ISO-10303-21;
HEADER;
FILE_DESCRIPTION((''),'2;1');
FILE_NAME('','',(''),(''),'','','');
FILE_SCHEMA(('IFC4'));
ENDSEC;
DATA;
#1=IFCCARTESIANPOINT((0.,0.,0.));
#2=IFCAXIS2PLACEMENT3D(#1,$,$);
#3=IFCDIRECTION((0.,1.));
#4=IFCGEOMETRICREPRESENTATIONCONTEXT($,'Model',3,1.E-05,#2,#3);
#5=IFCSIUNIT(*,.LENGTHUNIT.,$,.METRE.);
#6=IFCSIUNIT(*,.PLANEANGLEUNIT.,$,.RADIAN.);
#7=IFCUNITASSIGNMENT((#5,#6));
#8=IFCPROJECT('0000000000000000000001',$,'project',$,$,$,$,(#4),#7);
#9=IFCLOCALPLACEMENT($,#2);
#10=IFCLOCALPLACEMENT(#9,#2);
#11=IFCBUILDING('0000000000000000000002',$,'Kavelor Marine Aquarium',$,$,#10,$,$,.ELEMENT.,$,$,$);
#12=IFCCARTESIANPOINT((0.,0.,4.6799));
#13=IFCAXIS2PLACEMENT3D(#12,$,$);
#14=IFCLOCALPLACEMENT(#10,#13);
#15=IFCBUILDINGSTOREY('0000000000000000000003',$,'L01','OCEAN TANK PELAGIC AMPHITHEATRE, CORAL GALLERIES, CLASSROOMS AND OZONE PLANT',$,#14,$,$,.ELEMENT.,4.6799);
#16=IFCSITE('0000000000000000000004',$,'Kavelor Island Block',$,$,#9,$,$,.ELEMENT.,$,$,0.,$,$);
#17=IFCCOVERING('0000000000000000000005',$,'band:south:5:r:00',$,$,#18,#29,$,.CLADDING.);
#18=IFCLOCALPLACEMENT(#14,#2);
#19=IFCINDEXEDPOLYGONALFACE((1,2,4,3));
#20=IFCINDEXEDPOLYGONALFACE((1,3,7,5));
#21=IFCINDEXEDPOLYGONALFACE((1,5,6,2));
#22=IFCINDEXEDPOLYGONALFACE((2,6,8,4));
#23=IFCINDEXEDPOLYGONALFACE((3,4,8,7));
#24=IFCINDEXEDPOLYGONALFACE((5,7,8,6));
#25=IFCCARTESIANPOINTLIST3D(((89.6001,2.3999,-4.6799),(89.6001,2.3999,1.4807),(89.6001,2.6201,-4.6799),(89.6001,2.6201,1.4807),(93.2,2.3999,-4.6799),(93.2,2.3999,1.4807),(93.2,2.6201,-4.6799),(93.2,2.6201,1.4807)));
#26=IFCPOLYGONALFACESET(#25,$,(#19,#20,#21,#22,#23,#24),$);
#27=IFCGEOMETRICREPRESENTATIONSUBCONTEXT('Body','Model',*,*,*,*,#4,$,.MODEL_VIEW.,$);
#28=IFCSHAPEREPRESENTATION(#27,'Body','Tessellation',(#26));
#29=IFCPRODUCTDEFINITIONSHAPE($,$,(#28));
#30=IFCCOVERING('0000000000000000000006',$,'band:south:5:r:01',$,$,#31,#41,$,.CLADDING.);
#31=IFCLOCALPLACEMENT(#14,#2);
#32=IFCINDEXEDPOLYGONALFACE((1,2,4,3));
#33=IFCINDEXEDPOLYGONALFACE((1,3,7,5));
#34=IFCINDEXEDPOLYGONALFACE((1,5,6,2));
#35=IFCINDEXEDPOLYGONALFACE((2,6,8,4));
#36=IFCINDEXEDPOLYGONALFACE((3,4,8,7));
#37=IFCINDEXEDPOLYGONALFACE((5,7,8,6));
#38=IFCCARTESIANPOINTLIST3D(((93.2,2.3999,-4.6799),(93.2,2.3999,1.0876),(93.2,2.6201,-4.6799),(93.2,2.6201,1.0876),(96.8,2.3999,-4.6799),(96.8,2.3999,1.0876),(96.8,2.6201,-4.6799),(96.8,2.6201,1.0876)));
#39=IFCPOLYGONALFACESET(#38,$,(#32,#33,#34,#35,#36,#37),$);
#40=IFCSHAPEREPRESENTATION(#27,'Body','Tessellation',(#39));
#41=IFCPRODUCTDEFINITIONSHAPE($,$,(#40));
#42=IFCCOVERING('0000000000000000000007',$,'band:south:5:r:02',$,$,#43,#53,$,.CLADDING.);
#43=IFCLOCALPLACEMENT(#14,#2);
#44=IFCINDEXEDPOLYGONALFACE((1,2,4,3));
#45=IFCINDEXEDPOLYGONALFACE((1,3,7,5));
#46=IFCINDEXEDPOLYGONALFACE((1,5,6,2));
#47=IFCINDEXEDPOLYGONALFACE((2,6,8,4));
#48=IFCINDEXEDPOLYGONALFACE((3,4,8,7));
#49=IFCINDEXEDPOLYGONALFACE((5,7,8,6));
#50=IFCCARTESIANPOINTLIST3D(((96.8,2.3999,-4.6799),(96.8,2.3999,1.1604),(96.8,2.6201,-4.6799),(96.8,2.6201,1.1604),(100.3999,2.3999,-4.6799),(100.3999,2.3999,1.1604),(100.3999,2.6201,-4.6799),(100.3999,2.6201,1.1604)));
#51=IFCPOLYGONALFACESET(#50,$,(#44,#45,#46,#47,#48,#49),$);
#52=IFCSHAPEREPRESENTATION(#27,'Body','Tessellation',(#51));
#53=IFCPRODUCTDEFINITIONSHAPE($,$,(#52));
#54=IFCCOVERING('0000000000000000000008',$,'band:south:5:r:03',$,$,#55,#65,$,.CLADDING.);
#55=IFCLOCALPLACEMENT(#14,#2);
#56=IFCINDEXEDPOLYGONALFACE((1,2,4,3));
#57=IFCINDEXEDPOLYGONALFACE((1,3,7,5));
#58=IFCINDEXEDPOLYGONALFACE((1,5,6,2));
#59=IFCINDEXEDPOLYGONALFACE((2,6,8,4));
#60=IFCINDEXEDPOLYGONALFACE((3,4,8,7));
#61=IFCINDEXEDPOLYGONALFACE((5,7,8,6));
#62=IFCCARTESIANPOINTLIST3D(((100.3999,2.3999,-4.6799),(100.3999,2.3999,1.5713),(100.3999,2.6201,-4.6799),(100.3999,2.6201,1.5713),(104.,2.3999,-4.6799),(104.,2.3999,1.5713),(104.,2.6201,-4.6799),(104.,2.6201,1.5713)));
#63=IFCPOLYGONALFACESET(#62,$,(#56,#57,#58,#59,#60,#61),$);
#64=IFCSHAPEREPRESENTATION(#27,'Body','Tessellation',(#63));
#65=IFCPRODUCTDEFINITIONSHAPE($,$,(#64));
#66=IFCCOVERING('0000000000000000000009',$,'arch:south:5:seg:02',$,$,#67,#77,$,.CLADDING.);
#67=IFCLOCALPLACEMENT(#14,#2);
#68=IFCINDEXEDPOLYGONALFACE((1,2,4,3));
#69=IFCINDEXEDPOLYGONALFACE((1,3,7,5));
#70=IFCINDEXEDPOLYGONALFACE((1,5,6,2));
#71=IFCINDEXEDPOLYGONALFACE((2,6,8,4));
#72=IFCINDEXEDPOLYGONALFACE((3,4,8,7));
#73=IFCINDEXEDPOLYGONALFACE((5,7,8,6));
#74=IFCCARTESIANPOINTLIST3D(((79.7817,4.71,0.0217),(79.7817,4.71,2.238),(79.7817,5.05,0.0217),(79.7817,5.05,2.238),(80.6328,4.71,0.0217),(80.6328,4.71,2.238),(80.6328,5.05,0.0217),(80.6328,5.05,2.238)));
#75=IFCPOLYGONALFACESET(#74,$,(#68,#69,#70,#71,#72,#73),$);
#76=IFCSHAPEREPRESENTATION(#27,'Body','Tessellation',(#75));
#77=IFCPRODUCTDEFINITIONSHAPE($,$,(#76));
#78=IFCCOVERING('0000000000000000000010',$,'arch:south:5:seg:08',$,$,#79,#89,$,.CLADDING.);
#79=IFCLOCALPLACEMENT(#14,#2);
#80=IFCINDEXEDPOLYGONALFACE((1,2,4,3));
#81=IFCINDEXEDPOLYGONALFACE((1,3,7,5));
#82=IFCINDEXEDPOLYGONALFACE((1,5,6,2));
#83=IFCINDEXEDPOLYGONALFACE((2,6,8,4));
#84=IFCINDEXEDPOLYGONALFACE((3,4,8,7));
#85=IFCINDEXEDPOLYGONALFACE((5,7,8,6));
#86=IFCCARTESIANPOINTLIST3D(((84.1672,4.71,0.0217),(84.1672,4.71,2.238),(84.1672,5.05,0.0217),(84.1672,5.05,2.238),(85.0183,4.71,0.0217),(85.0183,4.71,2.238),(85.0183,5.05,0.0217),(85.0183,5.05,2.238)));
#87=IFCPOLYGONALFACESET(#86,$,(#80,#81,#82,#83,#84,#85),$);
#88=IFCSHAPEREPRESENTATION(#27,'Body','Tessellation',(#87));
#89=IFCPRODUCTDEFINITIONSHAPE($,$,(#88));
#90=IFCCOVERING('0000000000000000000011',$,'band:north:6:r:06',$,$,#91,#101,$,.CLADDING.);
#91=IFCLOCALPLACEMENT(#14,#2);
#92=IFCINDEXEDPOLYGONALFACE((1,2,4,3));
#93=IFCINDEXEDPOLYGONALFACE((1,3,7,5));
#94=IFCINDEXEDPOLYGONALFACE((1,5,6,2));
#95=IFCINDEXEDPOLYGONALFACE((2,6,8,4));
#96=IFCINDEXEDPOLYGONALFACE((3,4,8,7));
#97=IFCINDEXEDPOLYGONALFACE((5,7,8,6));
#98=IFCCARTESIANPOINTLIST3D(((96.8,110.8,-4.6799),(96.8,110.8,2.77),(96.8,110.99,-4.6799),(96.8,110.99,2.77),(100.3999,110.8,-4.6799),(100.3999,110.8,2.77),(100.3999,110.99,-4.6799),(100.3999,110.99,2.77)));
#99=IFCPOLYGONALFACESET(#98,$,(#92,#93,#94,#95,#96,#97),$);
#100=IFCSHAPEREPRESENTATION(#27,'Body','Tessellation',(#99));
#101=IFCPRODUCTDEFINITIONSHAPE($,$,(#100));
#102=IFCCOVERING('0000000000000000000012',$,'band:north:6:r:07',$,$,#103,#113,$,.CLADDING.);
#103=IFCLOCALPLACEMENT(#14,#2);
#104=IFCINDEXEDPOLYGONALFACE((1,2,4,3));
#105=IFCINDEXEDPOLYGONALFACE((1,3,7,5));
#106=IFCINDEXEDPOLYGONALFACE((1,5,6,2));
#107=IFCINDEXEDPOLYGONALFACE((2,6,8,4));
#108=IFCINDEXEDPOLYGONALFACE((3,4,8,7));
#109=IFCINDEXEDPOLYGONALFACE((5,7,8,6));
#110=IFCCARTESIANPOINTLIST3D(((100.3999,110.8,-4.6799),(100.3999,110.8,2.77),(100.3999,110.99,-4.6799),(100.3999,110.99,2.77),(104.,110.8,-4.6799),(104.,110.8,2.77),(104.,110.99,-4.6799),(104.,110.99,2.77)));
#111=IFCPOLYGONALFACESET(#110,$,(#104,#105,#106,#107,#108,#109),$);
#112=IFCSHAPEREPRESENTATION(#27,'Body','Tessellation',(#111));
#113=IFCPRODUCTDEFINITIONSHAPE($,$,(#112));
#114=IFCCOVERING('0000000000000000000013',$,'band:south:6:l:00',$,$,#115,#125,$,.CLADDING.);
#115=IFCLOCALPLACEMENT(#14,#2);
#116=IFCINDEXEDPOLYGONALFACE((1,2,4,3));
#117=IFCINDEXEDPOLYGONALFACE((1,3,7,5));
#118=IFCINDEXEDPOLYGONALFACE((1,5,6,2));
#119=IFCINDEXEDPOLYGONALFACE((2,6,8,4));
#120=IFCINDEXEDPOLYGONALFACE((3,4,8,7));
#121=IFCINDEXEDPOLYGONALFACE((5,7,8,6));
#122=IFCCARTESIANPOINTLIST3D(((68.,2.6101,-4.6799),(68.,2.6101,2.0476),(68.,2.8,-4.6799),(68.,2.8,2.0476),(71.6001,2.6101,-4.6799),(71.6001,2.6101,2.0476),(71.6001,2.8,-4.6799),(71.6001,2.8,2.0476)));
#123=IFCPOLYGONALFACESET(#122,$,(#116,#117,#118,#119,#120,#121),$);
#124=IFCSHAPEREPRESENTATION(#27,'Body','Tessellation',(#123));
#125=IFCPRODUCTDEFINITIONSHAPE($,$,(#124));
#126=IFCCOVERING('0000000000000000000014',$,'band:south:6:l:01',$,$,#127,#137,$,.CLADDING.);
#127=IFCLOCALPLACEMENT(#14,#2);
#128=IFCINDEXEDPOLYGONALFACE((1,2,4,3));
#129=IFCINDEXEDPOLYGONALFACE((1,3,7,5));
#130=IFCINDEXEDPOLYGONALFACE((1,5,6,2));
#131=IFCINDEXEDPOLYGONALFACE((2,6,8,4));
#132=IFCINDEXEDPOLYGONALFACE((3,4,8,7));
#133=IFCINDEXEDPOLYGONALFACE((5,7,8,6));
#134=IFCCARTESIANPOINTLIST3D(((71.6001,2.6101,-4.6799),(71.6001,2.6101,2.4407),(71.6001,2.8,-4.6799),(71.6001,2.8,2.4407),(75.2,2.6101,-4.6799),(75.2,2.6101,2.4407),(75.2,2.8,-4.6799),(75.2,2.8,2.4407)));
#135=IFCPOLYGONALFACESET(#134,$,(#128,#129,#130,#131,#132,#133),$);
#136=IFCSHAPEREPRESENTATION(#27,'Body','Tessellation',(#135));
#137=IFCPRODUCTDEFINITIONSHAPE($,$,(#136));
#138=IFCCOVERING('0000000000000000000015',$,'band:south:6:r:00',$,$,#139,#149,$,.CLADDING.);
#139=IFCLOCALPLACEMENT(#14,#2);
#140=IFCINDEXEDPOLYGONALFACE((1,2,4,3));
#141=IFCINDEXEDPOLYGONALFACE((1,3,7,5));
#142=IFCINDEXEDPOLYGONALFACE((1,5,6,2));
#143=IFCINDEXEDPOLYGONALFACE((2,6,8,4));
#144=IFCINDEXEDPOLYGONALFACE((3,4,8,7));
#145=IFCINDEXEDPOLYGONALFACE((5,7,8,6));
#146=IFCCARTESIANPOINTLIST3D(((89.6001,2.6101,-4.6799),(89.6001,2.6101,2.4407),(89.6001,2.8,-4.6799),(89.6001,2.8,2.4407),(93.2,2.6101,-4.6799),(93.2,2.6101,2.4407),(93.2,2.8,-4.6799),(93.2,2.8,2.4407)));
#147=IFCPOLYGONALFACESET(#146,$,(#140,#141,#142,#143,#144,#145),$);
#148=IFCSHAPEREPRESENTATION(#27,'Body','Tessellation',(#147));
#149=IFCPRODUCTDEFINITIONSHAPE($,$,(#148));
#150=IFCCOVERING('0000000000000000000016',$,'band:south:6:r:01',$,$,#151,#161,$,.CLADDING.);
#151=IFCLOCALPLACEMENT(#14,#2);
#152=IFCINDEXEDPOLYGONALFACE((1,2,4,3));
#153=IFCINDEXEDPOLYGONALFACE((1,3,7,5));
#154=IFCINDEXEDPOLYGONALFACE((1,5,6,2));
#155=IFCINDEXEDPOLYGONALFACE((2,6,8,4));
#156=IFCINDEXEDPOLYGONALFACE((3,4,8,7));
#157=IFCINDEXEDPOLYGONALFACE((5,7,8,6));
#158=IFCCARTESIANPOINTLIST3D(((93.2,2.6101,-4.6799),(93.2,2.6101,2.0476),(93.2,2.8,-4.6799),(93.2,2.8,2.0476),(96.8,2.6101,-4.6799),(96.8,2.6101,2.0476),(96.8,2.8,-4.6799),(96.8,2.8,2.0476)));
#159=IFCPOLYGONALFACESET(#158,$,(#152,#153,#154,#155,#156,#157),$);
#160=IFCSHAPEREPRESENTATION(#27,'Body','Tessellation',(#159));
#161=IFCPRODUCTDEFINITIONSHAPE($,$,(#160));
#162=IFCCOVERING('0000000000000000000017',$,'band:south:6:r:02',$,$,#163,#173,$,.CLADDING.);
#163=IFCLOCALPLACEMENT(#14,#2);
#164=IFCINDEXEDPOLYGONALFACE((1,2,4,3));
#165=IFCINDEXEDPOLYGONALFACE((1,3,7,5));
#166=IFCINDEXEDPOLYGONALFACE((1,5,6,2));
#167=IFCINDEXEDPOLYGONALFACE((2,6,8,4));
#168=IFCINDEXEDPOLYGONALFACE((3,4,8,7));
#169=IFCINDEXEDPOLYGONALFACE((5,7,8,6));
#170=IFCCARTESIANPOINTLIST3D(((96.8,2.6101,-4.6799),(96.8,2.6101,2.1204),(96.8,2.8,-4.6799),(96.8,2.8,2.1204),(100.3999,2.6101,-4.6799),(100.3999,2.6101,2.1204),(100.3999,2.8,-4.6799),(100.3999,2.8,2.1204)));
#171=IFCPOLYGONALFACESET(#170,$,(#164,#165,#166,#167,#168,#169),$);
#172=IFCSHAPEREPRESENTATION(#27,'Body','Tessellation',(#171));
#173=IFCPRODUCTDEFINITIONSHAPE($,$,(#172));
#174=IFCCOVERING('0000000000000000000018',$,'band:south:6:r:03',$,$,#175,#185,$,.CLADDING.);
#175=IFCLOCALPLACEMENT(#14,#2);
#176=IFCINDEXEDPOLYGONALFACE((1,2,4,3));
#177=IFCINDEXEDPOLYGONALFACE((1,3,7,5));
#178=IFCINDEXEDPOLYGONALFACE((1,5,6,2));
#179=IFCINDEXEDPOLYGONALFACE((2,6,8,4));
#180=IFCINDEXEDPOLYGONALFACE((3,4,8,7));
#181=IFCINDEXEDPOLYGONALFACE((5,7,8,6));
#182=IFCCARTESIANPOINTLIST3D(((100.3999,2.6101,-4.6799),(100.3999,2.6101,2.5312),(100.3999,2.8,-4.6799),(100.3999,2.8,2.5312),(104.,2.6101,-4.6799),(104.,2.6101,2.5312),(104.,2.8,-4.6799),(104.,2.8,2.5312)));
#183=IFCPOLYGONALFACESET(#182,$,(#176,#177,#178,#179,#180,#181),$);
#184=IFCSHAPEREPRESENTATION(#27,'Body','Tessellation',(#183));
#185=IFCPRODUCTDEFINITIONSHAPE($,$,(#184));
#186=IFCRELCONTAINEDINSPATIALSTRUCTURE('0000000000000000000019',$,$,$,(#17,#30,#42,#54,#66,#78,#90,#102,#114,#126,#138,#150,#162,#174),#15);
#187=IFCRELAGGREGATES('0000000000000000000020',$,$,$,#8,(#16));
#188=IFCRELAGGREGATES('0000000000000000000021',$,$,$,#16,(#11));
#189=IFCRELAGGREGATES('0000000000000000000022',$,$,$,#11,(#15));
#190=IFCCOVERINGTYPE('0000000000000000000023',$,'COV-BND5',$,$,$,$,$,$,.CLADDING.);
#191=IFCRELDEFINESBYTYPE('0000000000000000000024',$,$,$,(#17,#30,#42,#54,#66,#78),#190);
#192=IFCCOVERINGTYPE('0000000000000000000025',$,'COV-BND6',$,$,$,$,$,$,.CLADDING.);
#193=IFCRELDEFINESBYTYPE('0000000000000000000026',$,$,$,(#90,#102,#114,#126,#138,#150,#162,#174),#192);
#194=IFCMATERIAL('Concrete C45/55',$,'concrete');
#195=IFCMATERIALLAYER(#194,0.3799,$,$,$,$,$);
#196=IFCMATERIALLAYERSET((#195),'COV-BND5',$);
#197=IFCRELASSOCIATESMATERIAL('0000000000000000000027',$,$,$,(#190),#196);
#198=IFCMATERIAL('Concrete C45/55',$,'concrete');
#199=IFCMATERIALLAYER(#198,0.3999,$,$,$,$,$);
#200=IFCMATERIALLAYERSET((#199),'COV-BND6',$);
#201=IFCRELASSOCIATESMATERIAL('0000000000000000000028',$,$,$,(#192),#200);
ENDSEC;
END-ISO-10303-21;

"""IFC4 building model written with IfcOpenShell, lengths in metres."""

from ifc_helpers import new_model, si_unit, direction, frame, origin, place, context, subcontext, project, spatial, polyline, outline, extrude, material, layer, layer_set, type_object, element, save


model = new_model("IFC4")

# Units and contexts
model_context = context("Model", 3, precision=1e-05, world=origin(), true_north=direction((0.0, 1.0)))
body_context = subcontext(model_context, "Body", "Model", "MODEL_VIEW")
ifc_project = project(units=[si_unit("LENGTHUNIT", "METRE"), si_unit("PLANEANGLEUNIT", "RADIAN")], contexts=[model_context])

# Site, building, storey
site_placement = place(None, origin())
site = spatial("IfcSite", under=ifc_project, at=site_placement, Name="Kavelor Island Block", CompositionType="ELEMENT", RefElevation=0.0)
building_placement = place(site_placement, origin())
building = spatial("IfcBuilding", under=site, at=building_placement, Name="Kavelor Marine Aquarium", CompositionType="ELEMENT")
storey_placement = place(building_placement, frame((0.0, 0.0, 4.6799)))
storey = spatial("IfcBuildingStorey", under=building, at=storey_placement, Name="L01", Description="OCEAN TANK PELAGIC AMPHITHEATRE, CORAL GALLERIES, CLASSROOMS AND OZONE PLANT", CompositionType="ELEMENT", Elevation=4.6799)

# Coverings
ifc_material_1 = material(Name="Concrete C45/55", Category="concrete")
ifc_layer_1 = layer(ifc_material_1, 0.3799)
ifc_layer_set_1 = layer_set([ifc_layer_1], Name="COV-BND5")
covering_type_1 = type_object("IfcCoveringType", Name="COV-BND5", PredefinedType="CLADDING", material=ifc_layer_set_1)
covering_1_placement = place(storey_placement, frame((0.0, 0.0, -4.6799)))
element("IfcCovering", 1, at=covering_1_placement, inside=storey, type_object=covering_type_1, Name="band:south:5:r:00", PredefinedType="CLADDING", context=body_context, shape_type="SweptSolid", body=[
    extrude(outline(polyline([(89.6001, 2.3999), (93.2, 2.3999), (93.2, 2.6201), (89.6001, 2.6201), (89.6001, 2.3999)])), origin(), (0.0, 0.0, 1.0), 6.1606),
])
covering_2_placement = place(storey_placement, frame((0.0, 0.0, -4.6799)))
element("IfcCovering", 2, at=covering_2_placement, inside=storey, type_object=covering_type_1, Name="band:south:5:r:01", PredefinedType="CLADDING", context=body_context, shape_type="SweptSolid", body=[
    extrude(outline(polyline([(93.2, 2.3999), (96.8, 2.3999), (96.8, 2.6201), (93.2, 2.6201), (93.2, 2.3999)])), origin(), (0.0, 0.0, 1.0), 5.7676),
])
covering_3_placement = place(storey_placement, frame((0.0, 0.0, -4.6799)))
element("IfcCovering", 3, at=covering_3_placement, inside=storey, type_object=covering_type_1, Name="band:south:5:r:02", PredefinedType="CLADDING", context=body_context, shape_type="SweptSolid", body=[
    extrude(outline(polyline([(96.8, 2.3999), (100.3999, 2.3999), (100.3999, 2.6201), (96.8, 2.6201), (96.8, 2.3999)])), origin(), (0.0, 0.0, 1.0), 5.8403),
])
covering_4_placement = place(storey_placement, frame((0.0, 0.0, -4.6799)))
element("IfcCovering", 4, at=covering_4_placement, inside=storey, type_object=covering_type_1, Name="band:south:5:r:03", PredefinedType="CLADDING", context=body_context, shape_type="SweptSolid", body=[
    extrude(outline(polyline([(100.3999, 2.3999), (104.0, 2.3999), (104.0, 2.6201), (100.3999, 2.6201), (100.3999, 2.3999)])), origin(), (0.0, 0.0, 1.0), 6.2512),
])
covering_5_placement = place(storey_placement, frame((0.0, 0.0, 0.0217)))
element("IfcCovering", 5, at=covering_5_placement, inside=storey, type_object=covering_type_1, Name="arch:south:5:seg:02", PredefinedType="CLADDING", context=body_context, shape_type="SweptSolid", body=[
    extrude(outline(polyline([(79.7817, 4.71), (80.6328, 4.71), (80.6328, 5.05), (79.7817, 5.05), (79.7817, 4.71)])), origin(), (0.0, 0.0, 1.0), 2.2163),
])
covering_6_placement = place(storey_placement, frame((0.0, 0.0, 0.0217)))
element("IfcCovering", 6, at=covering_6_placement, inside=storey, type_object=covering_type_1, Name="arch:south:5:seg:08", PredefinedType="CLADDING", context=body_context, shape_type="SweptSolid", body=[
    extrude(outline(polyline([(84.1672, 4.71), (85.0183, 4.71), (85.0183, 5.05), (84.1672, 5.05), (84.1672, 4.71)])), origin(), (0.0, 0.0, 1.0), 2.2163),
])
ifc_material_2 = material(Name="Concrete C45/55", Category="concrete")
ifc_layer_2 = layer(ifc_material_2, 0.3999)
ifc_layer_set_2 = layer_set([ifc_layer_2], Name="COV-BND6")
covering_type_2 = type_object("IfcCoveringType", Name="COV-BND6", PredefinedType="CLADDING", material=ifc_layer_set_2)
covering_7_placement = place(storey_placement, frame((0.0, 0.0, -4.6799)))
element("IfcCovering", 7, at=covering_7_placement, inside=storey, type_object=covering_type_2, Name="band:north:6:r:06", PredefinedType="CLADDING", context=body_context, shape_type="SweptSolid", body=[
    extrude(outline(polyline([(96.8, 110.8), (100.3999, 110.8), (100.3999, 110.99), (96.8, 110.99), (96.8, 110.8)])), origin(), (0.0, 0.0, 1.0), 7.45),
])
covering_8_placement = place(storey_placement, frame((0.0, 0.0, -4.6799)))
element("IfcCovering", 8, at=covering_8_placement, inside=storey, type_object=covering_type_2, Name="band:north:6:r:07", PredefinedType="CLADDING", context=body_context, shape_type="SweptSolid", body=[
    extrude(outline(polyline([(100.3999, 110.8), (104.0, 110.8), (104.0, 110.99), (100.3999, 110.99), (100.3999, 110.8)])), origin(), (0.0, 0.0, 1.0), 7.45),
])
covering_9_placement = place(storey_placement, frame((0.0, 0.0, -4.6799)))
element("IfcCovering", 9, at=covering_9_placement, inside=storey, type_object=covering_type_2, Name="band:south:6:l:00", PredefinedType="CLADDING", context=body_context, shape_type="SweptSolid", body=[
    extrude(outline(polyline([(68.0, 2.6101), (71.6001, 2.6101), (71.6001, 2.8), (68.0, 2.8), (68.0, 2.6101)])), origin(), (0.0, 0.0, 1.0), 6.7275),
])
covering_10_placement = place(storey_placement, frame((0.0, 0.0, -4.6799)))
element("IfcCovering", 10, at=covering_10_placement, inside=storey, type_object=covering_type_2, Name="band:south:6:l:01", PredefinedType="CLADDING", context=body_context, shape_type="SweptSolid", body=[
    extrude(outline(polyline([(71.6001, 2.6101), (75.2, 2.6101), (75.2, 2.8), (71.6001, 2.8), (71.6001, 2.6101)])), origin(), (0.0, 0.0, 1.0), 7.1206),
])
covering_11_placement = place(storey_placement, frame((0.0, 0.0, -4.6799)))
element("IfcCovering", 11, at=covering_11_placement, inside=storey, type_object=covering_type_2, Name="band:south:6:r:00", PredefinedType="CLADDING", context=body_context, shape_type="SweptSolid", body=[
    extrude(outline(polyline([(89.6001, 2.6101), (93.2, 2.6101), (93.2, 2.8), (89.6001, 2.8), (89.6001, 2.6101)])), origin(), (0.0, 0.0, 1.0), 7.1206),
])
covering_12_placement = place(storey_placement, frame((0.0, 0.0, -4.6799)))
element("IfcCovering", 12, at=covering_12_placement, inside=storey, type_object=covering_type_2, Name="band:south:6:r:01", PredefinedType="CLADDING", context=body_context, shape_type="SweptSolid", body=[
    extrude(outline(polyline([(93.2, 2.6101), (96.8, 2.6101), (96.8, 2.8), (93.2, 2.8), (93.2, 2.6101)])), origin(), (0.0, 0.0, 1.0), 6.7275),
])
covering_13_placement = place(storey_placement, frame((0.0, 0.0, -4.6799)))
element("IfcCovering", 13, at=covering_13_placement, inside=storey, type_object=covering_type_2, Name="band:south:6:r:02", PredefinedType="CLADDING", context=body_context, shape_type="SweptSolid", body=[
    extrude(outline(polyline([(96.8, 2.6101), (100.3999, 2.6101), (100.3999, 2.8), (96.8, 2.8), (96.8, 2.6101)])), origin(), (0.0, 0.0, 1.0), 6.8003),
])
covering_14_placement = place(storey_placement, frame((0.0, 0.0, -4.6799)))
element("IfcCovering", 14, at=covering_14_placement, inside=storey, type_object=covering_type_2, Name="band:south:6:r:03", PredefinedType="CLADDING", context=body_context, shape_type="SweptSolid", body=[
    extrude(outline(polyline([(100.3999, 2.6101), (104.0, 2.6101), (104.0, 2.8), (100.3999, 2.8), (100.3999, 2.6101)])), origin(), (0.0, 0.0, 1.0), 7.2112),
])

save(model, "model.ifc")
